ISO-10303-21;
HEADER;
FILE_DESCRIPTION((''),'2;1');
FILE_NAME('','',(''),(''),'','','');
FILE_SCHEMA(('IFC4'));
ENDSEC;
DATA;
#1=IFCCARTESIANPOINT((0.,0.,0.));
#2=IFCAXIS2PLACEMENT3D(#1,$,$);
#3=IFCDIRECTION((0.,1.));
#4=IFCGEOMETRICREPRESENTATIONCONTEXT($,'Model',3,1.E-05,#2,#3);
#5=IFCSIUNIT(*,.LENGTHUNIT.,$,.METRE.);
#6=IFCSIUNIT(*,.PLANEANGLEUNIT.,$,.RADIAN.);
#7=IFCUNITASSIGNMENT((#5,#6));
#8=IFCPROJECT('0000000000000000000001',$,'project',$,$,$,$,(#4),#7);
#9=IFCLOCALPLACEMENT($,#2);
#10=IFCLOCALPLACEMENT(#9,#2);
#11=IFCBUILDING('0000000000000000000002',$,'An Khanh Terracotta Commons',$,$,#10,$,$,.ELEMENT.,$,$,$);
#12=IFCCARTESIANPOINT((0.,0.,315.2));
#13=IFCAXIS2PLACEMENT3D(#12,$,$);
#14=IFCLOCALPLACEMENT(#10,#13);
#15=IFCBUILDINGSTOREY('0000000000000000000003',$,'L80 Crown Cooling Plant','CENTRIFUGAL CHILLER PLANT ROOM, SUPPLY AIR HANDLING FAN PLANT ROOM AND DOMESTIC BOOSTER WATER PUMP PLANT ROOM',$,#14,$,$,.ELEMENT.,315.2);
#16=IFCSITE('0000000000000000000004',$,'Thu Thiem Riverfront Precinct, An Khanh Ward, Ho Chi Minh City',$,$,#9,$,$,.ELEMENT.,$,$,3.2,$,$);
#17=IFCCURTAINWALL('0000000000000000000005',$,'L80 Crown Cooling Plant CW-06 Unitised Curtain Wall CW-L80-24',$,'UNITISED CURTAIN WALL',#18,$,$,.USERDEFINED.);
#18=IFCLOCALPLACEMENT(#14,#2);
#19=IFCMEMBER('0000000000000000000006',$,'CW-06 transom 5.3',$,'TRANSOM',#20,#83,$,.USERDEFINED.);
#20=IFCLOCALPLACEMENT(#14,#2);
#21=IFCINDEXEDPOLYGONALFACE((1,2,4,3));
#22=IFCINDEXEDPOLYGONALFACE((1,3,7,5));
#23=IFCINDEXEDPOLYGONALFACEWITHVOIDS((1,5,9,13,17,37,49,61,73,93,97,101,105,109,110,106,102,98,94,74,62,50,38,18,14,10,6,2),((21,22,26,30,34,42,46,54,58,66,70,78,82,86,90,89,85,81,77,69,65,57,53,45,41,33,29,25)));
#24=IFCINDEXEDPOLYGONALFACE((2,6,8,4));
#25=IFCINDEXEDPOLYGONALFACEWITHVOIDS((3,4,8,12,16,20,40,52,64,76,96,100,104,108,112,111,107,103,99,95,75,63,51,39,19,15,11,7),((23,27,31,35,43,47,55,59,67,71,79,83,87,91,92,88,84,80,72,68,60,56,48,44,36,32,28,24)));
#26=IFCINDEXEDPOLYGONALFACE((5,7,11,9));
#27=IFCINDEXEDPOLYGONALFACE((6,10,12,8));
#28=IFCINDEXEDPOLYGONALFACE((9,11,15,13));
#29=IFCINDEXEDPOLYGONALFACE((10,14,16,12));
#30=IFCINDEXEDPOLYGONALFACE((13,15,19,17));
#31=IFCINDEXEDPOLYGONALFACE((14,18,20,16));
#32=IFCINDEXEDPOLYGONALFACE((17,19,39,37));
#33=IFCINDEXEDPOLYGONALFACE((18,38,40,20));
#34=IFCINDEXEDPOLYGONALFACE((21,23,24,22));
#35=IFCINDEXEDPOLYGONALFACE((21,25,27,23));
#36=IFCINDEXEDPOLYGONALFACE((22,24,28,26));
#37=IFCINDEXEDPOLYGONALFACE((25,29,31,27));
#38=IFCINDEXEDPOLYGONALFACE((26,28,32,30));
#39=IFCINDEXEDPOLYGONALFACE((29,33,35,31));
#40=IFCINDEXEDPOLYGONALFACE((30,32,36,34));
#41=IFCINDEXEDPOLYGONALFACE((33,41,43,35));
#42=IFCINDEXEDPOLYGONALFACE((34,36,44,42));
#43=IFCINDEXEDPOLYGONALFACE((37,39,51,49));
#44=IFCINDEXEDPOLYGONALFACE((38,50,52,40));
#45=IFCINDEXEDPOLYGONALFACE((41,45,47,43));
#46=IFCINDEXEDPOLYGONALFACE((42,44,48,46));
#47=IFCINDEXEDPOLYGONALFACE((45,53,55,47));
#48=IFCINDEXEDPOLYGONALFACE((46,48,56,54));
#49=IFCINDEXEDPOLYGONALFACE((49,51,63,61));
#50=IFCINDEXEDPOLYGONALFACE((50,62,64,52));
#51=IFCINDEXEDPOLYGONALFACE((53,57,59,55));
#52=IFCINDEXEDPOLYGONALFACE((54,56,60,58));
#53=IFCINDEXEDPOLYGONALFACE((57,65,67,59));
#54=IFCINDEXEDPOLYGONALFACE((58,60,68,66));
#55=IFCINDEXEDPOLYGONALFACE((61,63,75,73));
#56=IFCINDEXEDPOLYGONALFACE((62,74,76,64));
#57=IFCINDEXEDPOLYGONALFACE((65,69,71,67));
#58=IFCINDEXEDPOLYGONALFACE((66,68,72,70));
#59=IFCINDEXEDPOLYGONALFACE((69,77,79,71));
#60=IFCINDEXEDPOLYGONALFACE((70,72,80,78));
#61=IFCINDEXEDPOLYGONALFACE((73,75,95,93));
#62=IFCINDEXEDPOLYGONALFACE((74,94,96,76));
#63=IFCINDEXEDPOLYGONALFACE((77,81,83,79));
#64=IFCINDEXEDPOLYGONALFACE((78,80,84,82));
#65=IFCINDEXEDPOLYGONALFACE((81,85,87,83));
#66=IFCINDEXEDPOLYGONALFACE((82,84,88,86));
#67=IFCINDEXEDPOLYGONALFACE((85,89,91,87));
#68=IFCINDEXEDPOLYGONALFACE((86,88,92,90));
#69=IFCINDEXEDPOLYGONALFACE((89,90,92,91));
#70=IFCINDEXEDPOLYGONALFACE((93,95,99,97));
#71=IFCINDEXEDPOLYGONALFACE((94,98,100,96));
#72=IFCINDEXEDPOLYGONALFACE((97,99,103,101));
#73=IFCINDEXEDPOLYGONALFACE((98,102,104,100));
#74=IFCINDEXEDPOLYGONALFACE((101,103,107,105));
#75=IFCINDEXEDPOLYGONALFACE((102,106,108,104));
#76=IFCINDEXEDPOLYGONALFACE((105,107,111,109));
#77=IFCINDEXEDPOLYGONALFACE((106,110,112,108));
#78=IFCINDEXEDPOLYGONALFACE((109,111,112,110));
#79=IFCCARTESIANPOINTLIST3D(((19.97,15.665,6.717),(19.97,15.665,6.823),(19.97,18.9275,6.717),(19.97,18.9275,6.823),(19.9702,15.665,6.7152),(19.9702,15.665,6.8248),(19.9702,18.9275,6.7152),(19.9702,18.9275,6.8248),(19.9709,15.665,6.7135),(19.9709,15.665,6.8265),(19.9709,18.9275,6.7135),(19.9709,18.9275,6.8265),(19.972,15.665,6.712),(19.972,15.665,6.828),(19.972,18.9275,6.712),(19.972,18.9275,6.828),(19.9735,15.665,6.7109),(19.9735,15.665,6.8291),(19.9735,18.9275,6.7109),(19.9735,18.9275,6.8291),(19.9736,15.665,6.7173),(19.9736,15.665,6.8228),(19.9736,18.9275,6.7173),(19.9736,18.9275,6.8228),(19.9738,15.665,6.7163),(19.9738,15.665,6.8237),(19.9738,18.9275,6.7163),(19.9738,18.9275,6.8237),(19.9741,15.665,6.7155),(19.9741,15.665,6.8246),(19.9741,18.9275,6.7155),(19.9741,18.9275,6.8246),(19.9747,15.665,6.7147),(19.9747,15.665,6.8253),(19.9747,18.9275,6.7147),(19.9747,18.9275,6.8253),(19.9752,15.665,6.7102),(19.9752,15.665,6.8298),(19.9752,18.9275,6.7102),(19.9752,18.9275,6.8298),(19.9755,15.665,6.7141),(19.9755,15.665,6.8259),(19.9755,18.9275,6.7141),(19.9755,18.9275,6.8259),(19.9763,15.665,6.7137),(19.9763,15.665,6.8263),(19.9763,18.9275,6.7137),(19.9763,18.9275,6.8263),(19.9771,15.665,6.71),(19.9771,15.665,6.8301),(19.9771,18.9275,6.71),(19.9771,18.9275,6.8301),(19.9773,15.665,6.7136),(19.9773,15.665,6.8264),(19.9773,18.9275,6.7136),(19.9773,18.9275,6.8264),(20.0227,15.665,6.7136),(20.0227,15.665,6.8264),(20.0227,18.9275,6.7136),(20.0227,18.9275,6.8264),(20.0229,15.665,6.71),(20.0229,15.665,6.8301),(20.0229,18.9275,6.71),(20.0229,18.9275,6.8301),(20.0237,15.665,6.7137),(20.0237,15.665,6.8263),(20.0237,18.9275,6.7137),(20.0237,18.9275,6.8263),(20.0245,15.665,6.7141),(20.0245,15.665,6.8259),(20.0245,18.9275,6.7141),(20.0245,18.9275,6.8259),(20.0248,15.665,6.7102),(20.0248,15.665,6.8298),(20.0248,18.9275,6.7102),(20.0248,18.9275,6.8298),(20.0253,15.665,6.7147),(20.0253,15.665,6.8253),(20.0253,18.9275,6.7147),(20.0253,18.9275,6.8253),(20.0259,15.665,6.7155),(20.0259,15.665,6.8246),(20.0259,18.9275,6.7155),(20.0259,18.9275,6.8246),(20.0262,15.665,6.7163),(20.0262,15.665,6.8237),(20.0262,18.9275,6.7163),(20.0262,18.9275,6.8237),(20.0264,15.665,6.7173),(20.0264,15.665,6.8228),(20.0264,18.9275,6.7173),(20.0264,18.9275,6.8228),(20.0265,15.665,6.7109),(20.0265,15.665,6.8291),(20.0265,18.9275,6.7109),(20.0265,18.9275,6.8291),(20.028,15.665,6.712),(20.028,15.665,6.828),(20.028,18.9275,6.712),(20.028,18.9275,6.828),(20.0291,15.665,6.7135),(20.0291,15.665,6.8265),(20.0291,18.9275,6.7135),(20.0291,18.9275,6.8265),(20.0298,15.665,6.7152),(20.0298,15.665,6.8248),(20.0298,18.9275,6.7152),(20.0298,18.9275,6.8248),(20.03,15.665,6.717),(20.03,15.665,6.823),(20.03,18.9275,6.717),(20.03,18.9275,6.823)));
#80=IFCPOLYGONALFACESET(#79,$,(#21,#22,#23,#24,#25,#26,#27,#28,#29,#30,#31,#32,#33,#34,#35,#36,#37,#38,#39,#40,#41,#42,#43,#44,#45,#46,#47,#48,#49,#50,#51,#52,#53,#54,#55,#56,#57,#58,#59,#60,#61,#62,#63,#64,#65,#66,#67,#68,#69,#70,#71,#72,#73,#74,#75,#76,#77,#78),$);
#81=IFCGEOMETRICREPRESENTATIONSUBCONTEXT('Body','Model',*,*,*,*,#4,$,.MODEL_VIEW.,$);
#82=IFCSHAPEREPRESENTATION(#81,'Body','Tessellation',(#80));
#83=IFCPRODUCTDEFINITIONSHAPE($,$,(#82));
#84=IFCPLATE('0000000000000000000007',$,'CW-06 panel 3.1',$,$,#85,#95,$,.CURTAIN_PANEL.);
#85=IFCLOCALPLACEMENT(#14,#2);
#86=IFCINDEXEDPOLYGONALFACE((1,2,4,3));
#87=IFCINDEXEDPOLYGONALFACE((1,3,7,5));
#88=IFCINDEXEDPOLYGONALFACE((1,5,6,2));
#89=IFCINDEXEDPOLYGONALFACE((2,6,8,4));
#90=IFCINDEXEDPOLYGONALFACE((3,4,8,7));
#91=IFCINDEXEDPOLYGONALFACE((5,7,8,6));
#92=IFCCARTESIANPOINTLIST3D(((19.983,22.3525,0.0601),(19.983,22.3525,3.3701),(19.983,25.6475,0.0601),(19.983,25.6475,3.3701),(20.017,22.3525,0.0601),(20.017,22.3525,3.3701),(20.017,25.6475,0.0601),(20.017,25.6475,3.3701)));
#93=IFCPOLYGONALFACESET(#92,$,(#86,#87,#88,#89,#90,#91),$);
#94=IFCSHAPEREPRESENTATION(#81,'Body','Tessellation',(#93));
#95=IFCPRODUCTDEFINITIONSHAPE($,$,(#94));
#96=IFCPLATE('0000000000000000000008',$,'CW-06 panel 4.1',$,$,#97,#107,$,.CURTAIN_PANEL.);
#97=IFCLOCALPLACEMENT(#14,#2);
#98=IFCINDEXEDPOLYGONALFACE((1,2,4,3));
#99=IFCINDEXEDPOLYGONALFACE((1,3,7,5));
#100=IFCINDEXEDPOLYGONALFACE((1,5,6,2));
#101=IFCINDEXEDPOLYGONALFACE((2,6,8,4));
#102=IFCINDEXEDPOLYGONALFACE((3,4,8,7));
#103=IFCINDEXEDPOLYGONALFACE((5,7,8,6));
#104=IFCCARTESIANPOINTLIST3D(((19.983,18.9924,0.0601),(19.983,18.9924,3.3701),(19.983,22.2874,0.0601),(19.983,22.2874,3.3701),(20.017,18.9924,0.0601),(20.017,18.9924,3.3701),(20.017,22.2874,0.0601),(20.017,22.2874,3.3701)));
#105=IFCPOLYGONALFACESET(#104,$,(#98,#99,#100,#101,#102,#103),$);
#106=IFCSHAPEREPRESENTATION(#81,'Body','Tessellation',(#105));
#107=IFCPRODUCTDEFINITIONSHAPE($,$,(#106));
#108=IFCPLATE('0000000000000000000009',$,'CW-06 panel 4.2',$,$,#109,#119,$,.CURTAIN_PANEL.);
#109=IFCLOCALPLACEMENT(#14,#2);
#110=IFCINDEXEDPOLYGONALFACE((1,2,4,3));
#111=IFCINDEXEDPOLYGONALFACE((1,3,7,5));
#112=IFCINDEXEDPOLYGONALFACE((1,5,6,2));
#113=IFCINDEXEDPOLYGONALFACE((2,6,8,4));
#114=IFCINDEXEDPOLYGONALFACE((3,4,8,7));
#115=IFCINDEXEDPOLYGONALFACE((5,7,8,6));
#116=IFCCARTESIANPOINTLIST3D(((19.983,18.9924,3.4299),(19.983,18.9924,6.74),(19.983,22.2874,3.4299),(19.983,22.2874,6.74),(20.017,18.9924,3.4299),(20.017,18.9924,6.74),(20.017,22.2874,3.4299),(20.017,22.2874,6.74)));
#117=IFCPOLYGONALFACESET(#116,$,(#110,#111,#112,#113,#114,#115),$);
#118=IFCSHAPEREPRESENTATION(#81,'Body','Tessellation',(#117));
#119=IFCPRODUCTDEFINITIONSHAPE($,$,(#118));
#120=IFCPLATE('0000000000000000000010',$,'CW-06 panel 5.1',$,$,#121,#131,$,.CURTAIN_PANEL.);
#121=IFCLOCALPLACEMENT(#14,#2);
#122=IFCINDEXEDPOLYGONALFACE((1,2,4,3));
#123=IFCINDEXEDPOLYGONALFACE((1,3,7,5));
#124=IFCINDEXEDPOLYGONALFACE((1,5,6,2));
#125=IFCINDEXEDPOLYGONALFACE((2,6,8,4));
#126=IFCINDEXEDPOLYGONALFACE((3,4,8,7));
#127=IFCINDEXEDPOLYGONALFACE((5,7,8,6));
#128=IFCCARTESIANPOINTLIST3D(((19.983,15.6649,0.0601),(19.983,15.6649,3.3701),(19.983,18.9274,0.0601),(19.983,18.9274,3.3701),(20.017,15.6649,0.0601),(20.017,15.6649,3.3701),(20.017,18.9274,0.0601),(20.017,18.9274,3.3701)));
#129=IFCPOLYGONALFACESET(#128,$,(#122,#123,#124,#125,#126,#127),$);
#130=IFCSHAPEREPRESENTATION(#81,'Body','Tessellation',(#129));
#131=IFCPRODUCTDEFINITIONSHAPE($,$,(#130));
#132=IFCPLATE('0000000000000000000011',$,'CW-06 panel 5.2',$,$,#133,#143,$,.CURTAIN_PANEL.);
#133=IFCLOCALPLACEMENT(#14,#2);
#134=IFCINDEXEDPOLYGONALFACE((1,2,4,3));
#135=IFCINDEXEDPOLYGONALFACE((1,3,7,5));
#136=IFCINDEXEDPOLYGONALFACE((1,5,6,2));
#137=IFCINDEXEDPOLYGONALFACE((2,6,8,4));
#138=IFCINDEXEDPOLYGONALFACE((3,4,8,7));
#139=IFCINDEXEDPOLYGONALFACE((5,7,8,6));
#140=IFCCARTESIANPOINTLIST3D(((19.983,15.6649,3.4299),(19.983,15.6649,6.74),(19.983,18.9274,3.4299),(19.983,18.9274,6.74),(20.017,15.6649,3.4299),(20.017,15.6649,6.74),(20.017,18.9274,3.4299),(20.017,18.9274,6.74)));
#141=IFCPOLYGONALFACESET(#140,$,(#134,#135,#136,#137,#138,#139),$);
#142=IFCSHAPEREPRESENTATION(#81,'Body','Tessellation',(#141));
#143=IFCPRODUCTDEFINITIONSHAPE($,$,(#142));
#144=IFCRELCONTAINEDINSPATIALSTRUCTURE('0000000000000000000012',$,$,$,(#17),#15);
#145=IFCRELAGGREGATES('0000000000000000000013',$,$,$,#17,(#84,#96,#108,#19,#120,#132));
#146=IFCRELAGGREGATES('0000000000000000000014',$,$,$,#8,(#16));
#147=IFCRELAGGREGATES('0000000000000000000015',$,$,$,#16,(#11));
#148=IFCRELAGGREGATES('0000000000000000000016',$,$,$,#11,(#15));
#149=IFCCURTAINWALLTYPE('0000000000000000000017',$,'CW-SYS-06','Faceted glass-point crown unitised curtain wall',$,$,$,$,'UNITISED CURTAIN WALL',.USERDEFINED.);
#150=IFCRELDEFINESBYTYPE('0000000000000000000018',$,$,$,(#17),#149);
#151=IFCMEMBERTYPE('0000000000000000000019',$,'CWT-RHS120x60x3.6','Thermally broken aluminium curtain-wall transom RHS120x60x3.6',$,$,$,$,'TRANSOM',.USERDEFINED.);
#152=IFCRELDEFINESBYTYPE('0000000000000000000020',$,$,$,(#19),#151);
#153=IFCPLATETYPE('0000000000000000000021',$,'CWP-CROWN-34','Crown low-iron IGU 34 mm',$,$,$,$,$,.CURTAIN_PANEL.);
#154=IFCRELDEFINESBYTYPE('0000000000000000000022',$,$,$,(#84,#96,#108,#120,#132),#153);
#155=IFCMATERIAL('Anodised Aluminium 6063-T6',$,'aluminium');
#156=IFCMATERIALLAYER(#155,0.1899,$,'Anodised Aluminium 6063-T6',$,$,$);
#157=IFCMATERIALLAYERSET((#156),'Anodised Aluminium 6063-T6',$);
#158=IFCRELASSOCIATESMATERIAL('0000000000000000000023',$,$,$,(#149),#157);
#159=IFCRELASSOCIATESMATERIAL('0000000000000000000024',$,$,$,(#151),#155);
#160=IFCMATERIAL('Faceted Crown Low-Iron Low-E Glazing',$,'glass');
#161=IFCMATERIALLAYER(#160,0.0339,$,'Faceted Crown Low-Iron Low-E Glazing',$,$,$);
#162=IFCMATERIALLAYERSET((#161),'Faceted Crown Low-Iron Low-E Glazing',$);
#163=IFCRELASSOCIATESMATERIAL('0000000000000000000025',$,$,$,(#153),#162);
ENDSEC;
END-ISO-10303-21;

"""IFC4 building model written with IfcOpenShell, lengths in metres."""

from ifc_helpers import new_model, si_unit, direction, frame, origin, origin_2d, place, context, subcontext, project, spatial, rectangle, hollow_rectangle, extrude, material, layer, layer_set, material_profile, profile_set, type_object, element, aggregate, save


model = new_model("IFC4")

# Units and contexts
model_context = context("Model", 3, precision=1e-05, world=origin(), true_north=direction((0.0, 1.0)))
body_context = subcontext(model_context, "Body", "Model", "MODEL_VIEW")
ifc_project = project(units=[si_unit("LENGTHUNIT", "METRE"), si_unit("PLANEANGLEUNIT", "RADIAN")], contexts=[model_context])

# Site, building, storey
site_placement = place(None, origin())
site = spatial("IfcSite", under=ifc_project, at=site_placement, Name="Thu Thiem Riverfront Precinct, An Khanh Ward, Ho Chi Minh City", CompositionType="ELEMENT", RefElevation=3.2)
building_placement = place(site_placement, origin())
building = spatial("IfcBuilding", under=site, at=building_placement, Name="An Khanh Terracotta Commons", CompositionType="ELEMENT")
storey_placement = place(building_placement, frame((0.0, 0.0, 315.2)))
storey = spatial("IfcBuildingStorey", under=building, at=storey_placement, Name="L80 Crown Cooling Plant", Description="CENTRIFUGAL CHILLER PLANT ROOM, SUPPLY AIR HANDLING FAN PLANT ROOM AND DOMESTIC BOOSTER WATER PUMP PLANT ROOM", CompositionType="ELEMENT", Elevation=315.2)

# Curtain wall, member, plates
ifc_material_1 = material(Name="Anodised Aluminium 6063-T6", Category="aluminium")
ifc_layer_1 = layer(ifc_material_1, 0.1899, Name="Anodised Aluminium 6063-T6")
ifc_layer_set_1 = layer_set([ifc_layer_1], Name="Anodised Aluminium 6063-T6")
curtain_wall_type = type_object("IfcCurtainWallType", Name="CW-SYS-06", Description="Faceted glass-point crown unitised curtain wall", ElementType="UNITISED CURTAIN WALL", PredefinedType="USERDEFINED", material=ifc_layer_set_1)
curtain_wall_placement = place(storey_placement, origin())
curtain_wall = element("IfcCurtainWall", 1, at=curtain_wall_placement, inside=storey, type_object=curtain_wall_type, Name="L80 Crown Cooling Plant CW-06 Unitised Curtain Wall CW-L80-24", ObjectType="UNITISED CURTAIN WALL", PredefinedType="USERDEFINED")
ifc_material_profile_1 = material_profile(ifc_material_1, hollow_rectangle(XDim=0.0601, YDim=0.1201, WallThickness=0.0037, InnerFilletRadius=0.0037, OuterFilletRadius=0.0071, at=origin_2d()), Name="RHS120x60x3.6")
ifc_profile_set_1 = profile_set([ifc_material_profile_1], Name="Anodised Aluminium 6063-T6")
member_type_1 = type_object("IfcMemberType", Name="CWT-RHS120x60x3.6", Description="Thermally broken aluminium curtain-wall transom RHS120x60x3.6", ElementType="TRANSOM", PredefinedType="USERDEFINED", material=ifc_profile_set_1)
member_1_placement = place(storey_placement, frame((20.0, 18.9275, 6.77), z_axis=(0.0, -1.0, 0.0), x_axis=(1.0, 0.0, 0.0)))
member_1 = element("IfcMember", 2, at=member_1_placement, type_object=member_type_1, Name="CW-06 transom 5.3", ObjectType="TRANSOM", PredefinedType="USERDEFINED", context=body_context, shape_type="SweptSolid", body=[
    extrude(hollow_rectangle(XDim=0.0601, YDim=0.1201, WallThickness=0.0037, InnerFilletRadius=0.0037, OuterFilletRadius=0.0071, at=origin_2d()), origin(), (0.0, 0.0, 1.0), 3.2625),
])
ifc_material_2 = material(Name="Faceted Crown Low-Iron Low-E Glazing", Category="glass")
ifc_layer_2 = layer(ifc_material_2, 0.0339, Name="Faceted Crown Low-Iron Low-E Glazing")
ifc_layer_set_2 = layer_set([ifc_layer_2], Name="Faceted Crown Low-Iron Low-E Glazing")
plate_type = type_object("IfcPlateType", Name="CWP-CROWN-34", Description="Crown low-iron IGU 34 mm", PredefinedType="CURTAIN_PANEL", material=ifc_layer_set_2)
plate_1_placement = place(storey_placement, frame((20.0, 24.0, 0.0601), z_axis=(0.0, 0.0, 1.0), x_axis=(0.0, -1.0, 0.0)))
plate_1 = element("IfcPlate", 3, at=plate_1_placement, type_object=plate_type, Name="CW-06 panel 3.1", PredefinedType="CURTAIN_PANEL", context=body_context, shape_type="SweptSolid", body=[
    extrude(rectangle(XDim=3.2949, YDim=0.0339, at=origin_2d()), origin(), (0.0, 0.0, 1.0), 3.3101),
])
plate_2_placement = place(storey_placement, frame((20.0, 20.6399, 0.0601), z_axis=(0.0, 0.0, 1.0), x_axis=(0.0, -1.0, 0.0)))
plate_2 = element("IfcPlate", 4, at=plate_2_placement, type_object=plate_type, Name="CW-06 panel 4.1", PredefinedType="CURTAIN_PANEL", context=body_context, shape_type="SweptSolid", body=[
    extrude(rectangle(XDim=3.2949, YDim=0.0339, at=origin_2d()), origin(), (0.0, 0.0, 1.0), 3.3101),
])
plate_3_placement = place(storey_placement, frame((20.0, 20.6399, 3.4299), z_axis=(0.0, 0.0, 1.0), x_axis=(0.0, -1.0, 0.0)))
plate_3 = element("IfcPlate", 5, at=plate_3_placement, type_object=plate_type, Name="CW-06 panel 4.2", PredefinedType="CURTAIN_PANEL", context=body_context, shape_type="SweptSolid", body=[
    extrude(rectangle(XDim=3.2949, YDim=0.0339, at=origin_2d()), origin(), (0.0, 0.0, 1.0), 3.3101),
])
plate_4_placement = place(storey_placement, frame((20.0, 17.2961, 0.0601), z_axis=(0.0, 0.0, 1.0), x_axis=(0.0, -1.0, 0.0)))
plate_4 = element("IfcPlate", 6, at=plate_4_placement, type_object=plate_type, Name="CW-06 panel 5.1", PredefinedType="CURTAIN_PANEL", context=body_context, shape_type="SweptSolid", body=[
    extrude(rectangle(XDim=3.2625, YDim=0.0339, at=origin_2d()), origin(), (0.0, 0.0, 1.0), 3.3101),
])
plate_5_placement = place(storey_placement, frame((20.0, 17.2961, 3.4299), z_axis=(0.0, 0.0, 1.0), x_axis=(0.0, -1.0, 0.0)))
plate_5 = element("IfcPlate", 7, at=plate_5_placement, type_object=plate_type, Name="CW-06 panel 5.2", PredefinedType="CURTAIN_PANEL", context=body_context, shape_type="SweptSolid", body=[
    extrude(rectangle(XDim=3.2625, YDim=0.0339, at=origin_2d()), origin(), (0.0, 0.0, 1.0), 3.3101),
])
aggregate(curtain_wall, [plate_1, plate_2, plate_3, member_1, plate_4, plate_5])

save(model, "model.ifc")
